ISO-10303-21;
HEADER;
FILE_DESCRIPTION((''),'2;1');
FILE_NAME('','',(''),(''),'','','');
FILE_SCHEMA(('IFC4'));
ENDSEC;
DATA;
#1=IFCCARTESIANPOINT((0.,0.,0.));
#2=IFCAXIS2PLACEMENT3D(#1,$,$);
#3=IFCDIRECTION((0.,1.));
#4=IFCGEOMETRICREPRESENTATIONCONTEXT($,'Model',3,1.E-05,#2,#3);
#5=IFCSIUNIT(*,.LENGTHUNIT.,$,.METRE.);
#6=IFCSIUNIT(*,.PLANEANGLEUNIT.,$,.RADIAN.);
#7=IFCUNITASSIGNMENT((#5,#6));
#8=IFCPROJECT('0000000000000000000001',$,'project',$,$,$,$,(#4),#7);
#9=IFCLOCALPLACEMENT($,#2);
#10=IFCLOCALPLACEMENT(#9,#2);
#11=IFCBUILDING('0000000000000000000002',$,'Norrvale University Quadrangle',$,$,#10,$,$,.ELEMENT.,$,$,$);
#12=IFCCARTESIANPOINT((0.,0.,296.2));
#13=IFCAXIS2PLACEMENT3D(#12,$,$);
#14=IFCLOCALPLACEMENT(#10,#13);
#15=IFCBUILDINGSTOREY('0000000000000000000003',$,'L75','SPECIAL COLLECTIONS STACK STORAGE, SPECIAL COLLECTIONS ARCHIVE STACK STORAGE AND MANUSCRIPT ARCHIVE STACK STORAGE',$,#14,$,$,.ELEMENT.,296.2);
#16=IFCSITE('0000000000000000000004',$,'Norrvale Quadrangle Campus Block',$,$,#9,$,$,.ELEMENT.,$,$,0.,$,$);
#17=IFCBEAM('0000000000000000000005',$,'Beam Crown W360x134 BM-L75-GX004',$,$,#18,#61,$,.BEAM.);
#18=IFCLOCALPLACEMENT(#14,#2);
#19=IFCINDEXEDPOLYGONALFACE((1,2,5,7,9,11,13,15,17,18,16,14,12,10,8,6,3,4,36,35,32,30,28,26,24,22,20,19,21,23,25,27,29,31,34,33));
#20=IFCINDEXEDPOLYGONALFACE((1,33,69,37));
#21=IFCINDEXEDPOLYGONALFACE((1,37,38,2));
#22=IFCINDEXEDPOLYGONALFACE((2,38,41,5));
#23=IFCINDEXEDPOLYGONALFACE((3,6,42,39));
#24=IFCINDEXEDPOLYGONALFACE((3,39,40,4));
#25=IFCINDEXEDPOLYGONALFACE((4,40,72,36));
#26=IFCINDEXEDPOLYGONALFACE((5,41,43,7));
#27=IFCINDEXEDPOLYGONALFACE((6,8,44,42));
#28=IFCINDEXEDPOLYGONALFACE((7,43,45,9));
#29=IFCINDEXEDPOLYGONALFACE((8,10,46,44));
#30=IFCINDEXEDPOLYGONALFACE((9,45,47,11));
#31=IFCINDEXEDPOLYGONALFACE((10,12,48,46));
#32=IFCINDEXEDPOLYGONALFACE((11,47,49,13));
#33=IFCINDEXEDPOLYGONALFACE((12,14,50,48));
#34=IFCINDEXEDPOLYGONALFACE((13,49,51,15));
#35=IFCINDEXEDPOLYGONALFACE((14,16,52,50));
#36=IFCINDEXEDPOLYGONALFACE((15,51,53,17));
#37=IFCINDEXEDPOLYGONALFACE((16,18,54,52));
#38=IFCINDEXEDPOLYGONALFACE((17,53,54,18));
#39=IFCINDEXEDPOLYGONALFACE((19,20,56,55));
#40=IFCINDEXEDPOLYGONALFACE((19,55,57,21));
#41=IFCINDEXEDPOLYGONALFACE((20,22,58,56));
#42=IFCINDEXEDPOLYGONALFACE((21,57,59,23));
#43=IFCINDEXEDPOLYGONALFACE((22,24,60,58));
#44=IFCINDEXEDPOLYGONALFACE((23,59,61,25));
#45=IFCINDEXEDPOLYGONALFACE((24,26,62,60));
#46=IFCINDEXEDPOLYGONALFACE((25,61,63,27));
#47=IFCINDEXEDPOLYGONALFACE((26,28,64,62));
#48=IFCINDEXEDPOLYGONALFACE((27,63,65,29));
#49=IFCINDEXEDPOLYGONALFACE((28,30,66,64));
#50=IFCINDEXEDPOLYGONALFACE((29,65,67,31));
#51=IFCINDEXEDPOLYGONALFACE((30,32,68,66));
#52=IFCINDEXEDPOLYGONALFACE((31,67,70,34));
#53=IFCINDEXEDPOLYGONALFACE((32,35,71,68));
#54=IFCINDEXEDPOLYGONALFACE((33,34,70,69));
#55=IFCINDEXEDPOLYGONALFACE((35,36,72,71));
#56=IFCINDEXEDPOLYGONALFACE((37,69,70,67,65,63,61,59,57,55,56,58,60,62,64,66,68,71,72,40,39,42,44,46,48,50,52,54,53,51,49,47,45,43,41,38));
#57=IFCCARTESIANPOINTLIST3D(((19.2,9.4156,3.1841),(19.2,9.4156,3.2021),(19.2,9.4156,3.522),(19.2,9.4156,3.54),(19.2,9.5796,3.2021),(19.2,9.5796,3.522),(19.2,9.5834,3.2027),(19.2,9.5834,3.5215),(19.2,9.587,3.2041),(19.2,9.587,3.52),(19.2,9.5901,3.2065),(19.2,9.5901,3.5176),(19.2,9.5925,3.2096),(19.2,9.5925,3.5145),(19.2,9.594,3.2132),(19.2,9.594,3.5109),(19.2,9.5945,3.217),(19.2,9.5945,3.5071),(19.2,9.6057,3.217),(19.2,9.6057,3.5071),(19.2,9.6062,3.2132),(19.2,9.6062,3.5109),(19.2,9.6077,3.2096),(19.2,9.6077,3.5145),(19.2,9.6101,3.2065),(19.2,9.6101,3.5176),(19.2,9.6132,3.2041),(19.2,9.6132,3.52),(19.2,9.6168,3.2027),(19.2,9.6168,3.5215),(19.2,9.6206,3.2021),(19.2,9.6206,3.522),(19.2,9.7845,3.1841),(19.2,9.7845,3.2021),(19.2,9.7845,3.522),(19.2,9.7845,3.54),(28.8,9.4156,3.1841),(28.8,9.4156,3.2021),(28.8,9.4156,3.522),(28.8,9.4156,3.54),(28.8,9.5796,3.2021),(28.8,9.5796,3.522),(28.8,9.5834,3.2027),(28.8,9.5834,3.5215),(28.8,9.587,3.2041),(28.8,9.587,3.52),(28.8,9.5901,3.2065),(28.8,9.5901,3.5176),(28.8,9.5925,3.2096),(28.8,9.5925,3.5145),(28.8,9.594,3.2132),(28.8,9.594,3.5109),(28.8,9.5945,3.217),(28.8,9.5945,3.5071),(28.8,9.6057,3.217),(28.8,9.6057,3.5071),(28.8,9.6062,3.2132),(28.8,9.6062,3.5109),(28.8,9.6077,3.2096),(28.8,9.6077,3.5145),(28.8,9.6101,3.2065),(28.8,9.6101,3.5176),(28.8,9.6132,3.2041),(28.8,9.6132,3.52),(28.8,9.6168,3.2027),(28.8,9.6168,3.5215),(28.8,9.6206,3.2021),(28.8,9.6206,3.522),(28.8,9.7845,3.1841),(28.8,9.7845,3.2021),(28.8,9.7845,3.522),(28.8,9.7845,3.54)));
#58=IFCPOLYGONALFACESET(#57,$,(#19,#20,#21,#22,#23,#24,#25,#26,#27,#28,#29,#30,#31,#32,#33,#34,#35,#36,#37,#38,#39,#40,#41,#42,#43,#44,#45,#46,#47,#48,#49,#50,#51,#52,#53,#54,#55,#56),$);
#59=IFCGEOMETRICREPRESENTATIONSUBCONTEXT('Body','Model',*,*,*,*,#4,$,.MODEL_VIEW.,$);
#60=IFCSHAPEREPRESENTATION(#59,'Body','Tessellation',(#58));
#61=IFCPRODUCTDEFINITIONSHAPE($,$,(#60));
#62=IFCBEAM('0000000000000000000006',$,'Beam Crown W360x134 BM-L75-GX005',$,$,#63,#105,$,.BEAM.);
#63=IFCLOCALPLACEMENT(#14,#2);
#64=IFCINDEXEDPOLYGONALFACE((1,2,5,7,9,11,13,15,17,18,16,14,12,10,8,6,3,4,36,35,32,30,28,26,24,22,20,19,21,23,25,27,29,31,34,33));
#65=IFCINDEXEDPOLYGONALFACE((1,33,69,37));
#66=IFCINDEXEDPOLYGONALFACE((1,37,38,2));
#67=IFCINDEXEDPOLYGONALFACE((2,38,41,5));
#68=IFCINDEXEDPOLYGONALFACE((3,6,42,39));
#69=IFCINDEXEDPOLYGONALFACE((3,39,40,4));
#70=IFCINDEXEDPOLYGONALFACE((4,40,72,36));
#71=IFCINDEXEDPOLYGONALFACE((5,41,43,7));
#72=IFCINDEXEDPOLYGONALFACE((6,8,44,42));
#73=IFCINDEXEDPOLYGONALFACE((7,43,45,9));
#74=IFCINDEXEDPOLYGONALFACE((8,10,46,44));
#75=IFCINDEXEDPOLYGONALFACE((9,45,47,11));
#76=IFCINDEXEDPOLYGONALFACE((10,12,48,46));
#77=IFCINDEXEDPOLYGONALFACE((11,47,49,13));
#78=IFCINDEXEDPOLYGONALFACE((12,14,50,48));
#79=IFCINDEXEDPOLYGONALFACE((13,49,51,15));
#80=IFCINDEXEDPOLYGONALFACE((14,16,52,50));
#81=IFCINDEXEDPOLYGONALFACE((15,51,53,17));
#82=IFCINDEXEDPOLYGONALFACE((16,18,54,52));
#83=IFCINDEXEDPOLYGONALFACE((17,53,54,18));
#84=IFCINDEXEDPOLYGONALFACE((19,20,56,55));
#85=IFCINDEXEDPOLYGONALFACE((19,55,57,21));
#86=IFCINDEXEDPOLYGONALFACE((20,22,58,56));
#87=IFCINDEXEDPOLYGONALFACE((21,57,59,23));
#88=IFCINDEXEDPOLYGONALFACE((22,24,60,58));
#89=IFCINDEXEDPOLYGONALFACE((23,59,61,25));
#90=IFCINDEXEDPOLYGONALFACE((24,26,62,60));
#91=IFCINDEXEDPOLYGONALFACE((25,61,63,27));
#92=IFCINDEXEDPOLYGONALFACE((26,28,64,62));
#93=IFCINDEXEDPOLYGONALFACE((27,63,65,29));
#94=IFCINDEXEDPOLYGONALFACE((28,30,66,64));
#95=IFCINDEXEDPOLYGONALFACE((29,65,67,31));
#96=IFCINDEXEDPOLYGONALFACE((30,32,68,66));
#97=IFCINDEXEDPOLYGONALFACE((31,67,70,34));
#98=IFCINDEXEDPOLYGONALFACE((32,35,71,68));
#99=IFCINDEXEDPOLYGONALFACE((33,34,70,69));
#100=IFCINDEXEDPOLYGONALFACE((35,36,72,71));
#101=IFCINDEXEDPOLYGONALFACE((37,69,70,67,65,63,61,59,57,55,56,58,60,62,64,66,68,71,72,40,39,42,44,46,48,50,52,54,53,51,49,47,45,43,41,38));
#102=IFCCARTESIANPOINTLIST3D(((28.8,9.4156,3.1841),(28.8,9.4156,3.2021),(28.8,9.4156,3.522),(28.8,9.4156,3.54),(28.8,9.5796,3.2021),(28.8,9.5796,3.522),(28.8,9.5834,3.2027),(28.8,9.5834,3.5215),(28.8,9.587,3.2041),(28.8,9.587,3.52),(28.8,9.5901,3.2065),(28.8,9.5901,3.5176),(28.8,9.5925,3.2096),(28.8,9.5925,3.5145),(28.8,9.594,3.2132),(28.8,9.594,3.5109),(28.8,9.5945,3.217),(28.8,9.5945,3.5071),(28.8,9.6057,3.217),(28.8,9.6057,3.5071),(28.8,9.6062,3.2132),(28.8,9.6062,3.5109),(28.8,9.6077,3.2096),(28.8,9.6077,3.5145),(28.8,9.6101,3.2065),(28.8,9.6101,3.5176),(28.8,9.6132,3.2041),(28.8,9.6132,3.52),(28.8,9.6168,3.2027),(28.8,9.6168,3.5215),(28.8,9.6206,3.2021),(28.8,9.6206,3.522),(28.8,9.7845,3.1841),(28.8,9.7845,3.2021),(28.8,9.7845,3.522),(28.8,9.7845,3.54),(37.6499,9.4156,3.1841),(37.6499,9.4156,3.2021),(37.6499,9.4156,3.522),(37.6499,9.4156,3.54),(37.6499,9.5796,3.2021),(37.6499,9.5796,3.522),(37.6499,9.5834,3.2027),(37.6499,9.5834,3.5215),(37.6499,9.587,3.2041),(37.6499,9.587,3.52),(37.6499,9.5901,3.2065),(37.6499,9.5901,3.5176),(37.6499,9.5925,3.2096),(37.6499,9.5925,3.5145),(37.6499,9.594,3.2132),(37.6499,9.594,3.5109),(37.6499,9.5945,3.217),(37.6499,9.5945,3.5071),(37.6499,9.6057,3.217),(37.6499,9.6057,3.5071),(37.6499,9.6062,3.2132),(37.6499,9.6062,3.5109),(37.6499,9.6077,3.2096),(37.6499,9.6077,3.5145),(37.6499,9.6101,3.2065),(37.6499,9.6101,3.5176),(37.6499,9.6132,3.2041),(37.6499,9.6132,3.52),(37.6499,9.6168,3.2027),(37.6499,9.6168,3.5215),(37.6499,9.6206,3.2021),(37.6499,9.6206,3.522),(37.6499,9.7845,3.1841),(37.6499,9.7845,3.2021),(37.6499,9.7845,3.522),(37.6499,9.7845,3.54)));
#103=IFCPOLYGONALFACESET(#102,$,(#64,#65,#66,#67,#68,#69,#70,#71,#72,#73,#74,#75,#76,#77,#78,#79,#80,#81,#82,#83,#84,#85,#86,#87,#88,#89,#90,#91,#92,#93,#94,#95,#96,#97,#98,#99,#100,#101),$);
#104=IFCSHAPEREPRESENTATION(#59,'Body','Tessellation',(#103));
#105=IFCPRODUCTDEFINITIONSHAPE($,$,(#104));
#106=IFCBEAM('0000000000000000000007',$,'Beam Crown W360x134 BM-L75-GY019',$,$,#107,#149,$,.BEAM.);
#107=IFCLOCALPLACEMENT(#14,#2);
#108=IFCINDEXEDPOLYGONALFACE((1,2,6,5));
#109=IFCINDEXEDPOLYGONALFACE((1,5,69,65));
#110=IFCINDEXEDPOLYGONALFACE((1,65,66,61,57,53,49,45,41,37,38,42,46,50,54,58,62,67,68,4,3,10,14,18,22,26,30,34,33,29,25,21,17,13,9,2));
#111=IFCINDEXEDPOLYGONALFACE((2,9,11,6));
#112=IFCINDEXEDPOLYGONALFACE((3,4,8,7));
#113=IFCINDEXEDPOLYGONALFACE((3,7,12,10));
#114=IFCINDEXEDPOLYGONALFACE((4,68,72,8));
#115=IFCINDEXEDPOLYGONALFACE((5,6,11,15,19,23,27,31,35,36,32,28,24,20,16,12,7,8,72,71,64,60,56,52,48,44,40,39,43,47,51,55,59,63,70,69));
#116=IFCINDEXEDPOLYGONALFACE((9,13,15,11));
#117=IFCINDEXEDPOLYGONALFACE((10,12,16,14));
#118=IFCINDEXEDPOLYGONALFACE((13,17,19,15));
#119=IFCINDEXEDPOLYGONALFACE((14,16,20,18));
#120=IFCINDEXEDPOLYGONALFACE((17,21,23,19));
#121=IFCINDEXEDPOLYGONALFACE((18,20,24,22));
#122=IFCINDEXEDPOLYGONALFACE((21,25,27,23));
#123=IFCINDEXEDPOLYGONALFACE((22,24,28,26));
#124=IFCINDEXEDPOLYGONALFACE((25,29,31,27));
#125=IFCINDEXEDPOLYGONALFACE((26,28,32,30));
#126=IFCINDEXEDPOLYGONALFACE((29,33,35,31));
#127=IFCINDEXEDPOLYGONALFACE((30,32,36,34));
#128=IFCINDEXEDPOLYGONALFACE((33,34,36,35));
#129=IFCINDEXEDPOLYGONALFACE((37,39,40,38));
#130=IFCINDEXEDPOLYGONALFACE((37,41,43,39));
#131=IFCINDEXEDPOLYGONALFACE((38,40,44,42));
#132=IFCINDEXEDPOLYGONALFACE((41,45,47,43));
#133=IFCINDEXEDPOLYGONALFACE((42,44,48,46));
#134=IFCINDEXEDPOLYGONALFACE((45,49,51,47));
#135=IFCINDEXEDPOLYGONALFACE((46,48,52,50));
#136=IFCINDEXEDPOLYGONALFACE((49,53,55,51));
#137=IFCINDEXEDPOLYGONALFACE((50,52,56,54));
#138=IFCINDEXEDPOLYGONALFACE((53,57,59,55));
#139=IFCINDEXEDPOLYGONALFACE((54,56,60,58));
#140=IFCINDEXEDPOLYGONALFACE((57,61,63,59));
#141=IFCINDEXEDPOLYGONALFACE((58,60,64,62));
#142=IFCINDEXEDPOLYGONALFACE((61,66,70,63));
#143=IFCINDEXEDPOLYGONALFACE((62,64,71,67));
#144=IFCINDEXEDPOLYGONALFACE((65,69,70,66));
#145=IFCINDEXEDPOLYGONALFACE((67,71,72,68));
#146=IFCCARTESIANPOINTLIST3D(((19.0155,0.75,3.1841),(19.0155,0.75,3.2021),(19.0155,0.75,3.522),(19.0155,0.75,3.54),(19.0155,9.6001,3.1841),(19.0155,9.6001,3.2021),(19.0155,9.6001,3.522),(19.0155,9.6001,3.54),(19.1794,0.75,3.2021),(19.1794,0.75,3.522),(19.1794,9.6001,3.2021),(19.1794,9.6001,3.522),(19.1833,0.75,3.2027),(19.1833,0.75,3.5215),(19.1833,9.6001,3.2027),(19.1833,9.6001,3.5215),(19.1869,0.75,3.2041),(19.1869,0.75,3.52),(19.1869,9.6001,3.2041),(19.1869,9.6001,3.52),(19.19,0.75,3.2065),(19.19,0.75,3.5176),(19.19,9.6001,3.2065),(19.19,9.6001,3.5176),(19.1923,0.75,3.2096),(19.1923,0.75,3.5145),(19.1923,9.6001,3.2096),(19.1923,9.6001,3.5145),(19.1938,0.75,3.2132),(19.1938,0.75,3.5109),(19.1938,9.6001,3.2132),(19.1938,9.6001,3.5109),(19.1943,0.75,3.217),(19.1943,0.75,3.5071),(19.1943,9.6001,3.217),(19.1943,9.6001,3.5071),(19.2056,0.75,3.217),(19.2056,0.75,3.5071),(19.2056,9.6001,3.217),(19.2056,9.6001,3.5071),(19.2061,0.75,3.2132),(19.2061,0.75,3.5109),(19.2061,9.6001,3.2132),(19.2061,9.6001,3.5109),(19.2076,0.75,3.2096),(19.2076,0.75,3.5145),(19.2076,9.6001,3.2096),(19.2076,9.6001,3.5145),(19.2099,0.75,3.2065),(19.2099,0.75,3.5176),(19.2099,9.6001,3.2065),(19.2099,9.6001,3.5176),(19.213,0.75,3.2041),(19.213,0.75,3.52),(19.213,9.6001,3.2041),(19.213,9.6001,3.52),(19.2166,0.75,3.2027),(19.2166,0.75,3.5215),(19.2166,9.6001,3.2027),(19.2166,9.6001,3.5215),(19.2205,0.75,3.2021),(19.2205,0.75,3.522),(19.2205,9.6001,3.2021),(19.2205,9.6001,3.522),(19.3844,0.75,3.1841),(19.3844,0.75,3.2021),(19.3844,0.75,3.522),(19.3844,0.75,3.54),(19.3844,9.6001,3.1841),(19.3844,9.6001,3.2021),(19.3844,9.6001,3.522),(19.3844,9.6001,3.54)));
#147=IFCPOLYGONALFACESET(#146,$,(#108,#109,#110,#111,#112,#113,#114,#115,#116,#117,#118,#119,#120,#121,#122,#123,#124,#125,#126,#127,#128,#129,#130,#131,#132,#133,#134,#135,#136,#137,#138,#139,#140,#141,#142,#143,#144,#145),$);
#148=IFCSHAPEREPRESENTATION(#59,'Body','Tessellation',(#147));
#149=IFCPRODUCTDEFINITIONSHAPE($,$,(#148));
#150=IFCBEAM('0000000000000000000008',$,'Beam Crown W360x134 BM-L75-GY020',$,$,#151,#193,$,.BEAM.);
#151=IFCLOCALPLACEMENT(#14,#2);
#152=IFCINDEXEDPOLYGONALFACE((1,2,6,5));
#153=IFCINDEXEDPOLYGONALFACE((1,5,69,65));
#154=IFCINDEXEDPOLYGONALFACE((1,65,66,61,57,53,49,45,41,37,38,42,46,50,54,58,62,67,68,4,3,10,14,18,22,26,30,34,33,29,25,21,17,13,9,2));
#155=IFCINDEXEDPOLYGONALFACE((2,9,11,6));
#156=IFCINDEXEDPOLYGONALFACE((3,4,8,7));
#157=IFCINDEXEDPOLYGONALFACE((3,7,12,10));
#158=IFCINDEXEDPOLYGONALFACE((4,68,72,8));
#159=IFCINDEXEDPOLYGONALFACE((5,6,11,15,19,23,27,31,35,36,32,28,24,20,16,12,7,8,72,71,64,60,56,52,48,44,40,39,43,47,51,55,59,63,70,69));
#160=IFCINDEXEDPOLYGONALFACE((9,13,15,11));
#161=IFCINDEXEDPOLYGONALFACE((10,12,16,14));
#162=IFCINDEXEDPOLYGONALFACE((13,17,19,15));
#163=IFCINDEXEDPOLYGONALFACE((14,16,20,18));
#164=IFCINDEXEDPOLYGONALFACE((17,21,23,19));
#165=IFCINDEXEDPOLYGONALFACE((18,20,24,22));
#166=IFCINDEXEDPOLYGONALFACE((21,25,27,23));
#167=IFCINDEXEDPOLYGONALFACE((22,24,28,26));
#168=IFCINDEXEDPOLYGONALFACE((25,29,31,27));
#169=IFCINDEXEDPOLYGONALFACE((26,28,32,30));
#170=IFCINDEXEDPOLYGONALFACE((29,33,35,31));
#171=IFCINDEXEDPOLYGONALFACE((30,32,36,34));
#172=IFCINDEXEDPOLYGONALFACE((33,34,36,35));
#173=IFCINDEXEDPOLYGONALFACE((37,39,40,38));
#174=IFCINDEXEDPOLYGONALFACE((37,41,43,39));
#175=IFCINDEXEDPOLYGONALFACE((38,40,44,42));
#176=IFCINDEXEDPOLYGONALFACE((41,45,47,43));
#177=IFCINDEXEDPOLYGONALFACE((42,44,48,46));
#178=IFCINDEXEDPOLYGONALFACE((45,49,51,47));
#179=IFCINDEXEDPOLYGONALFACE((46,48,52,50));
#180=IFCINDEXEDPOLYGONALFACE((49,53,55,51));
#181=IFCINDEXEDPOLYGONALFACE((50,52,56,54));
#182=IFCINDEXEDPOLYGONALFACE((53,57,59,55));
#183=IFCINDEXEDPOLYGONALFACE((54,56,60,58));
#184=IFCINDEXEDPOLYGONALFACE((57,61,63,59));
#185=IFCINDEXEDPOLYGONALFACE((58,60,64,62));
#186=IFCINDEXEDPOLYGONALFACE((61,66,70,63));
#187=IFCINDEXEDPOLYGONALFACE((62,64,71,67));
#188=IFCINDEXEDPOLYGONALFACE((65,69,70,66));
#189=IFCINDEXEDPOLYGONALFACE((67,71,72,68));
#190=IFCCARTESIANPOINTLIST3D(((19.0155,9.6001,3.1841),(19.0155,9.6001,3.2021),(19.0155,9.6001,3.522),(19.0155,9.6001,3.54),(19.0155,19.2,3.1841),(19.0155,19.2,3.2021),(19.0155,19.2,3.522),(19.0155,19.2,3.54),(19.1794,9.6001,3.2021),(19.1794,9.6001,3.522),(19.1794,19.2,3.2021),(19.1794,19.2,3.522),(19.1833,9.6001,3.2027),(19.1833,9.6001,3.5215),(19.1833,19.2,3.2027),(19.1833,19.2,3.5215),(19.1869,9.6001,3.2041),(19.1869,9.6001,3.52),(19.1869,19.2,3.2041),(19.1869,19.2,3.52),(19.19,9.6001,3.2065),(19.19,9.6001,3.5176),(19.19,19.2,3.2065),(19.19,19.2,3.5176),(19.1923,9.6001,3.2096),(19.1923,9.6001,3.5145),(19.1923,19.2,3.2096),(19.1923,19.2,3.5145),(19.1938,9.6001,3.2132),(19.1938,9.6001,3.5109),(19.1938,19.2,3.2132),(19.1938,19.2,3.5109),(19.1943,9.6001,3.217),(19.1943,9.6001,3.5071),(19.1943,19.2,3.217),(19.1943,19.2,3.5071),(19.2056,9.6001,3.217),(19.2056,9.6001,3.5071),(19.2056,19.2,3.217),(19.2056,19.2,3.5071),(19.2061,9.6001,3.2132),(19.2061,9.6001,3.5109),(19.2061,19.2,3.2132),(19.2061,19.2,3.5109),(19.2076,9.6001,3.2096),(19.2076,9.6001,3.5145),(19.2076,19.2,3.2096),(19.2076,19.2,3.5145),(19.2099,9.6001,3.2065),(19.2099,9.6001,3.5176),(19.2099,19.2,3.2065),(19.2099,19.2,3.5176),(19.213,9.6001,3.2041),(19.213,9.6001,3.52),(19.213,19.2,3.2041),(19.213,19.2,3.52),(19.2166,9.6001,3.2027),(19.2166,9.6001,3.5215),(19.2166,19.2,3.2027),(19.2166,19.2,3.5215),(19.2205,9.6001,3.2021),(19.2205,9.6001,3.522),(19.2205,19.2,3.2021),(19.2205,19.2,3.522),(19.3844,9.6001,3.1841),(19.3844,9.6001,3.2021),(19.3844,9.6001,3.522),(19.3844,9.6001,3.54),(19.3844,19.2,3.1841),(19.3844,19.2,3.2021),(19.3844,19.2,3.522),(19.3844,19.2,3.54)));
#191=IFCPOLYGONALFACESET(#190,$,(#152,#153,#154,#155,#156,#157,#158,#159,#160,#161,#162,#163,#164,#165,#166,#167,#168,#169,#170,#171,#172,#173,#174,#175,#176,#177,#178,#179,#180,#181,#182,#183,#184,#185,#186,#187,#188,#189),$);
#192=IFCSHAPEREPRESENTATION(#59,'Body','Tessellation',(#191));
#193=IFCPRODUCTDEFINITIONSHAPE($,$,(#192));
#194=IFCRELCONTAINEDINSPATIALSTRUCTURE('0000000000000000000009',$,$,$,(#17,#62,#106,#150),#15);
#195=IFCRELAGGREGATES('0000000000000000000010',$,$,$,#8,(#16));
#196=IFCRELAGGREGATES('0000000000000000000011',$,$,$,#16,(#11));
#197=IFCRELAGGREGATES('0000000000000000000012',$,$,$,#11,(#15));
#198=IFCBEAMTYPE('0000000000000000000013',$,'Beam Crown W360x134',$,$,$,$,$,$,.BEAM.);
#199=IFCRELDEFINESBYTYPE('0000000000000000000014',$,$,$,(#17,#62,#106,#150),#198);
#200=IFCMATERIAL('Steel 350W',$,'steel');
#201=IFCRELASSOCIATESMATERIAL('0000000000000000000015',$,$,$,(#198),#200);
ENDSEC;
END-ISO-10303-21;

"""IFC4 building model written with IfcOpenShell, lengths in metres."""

from ifc_helpers import new_model, si_unit, direction, frame, origin, origin_2d, place, context, subcontext, project, spatial, i_section, extrude, material, material_profile, profile_set, type_object, element, save


model = new_model("IFC4")

# Units and contexts
model_context = context("Model", 3, precision=1e-05, world=origin(), true_north=direction((0.0, 1.0)))
body_context = subcontext(model_context, "Body", "Model", "MODEL_VIEW")
ifc_project = project(units=[si_unit("LENGTHUNIT", "METRE"), si_unit("PLANEANGLEUNIT", "RADIAN")], contexts=[model_context])

# Site, building, storey
site_placement = place(None, origin())
site = spatial("IfcSite", under=ifc_project, at=site_placement, Name="Norrvale Quadrangle Campus Block", CompositionType="ELEMENT", RefElevation=0.0)
building_placement = place(site_placement, origin())
building = spatial("IfcBuilding", under=site, at=building_placement, Name="Norrvale University Quadrangle", CompositionType="ELEMENT")
storey_placement = place(building_placement, frame((0.0, 0.0, 296.2)))
storey = spatial("IfcBuildingStorey", under=building, at=storey_placement, Name="L75", Description="SPECIAL COLLECTIONS STACK STORAGE, SPECIAL COLLECTIONS ARCHIVE STACK STORAGE AND MANUSCRIPT ARCHIVE STACK STORAGE", CompositionType="ELEMENT", Elevation=296.2)

# Beams
ifc_material_1 = material(Name="Steel 350W", Category="steel")
ifc_material_profile_1 = material_profile(ifc_material_1, i_section(OverallWidth=0.3689, OverallDepth=0.356, WebThickness=0.0112, FlangeThickness=0.0181, FilletRadius=0.0149, at=origin_2d()), Name="Steel 350W")
ifc_profile_set_1 = profile_set([ifc_material_profile_1], Name="Steel 350W")
beam_type_1 = type_object("IfcBeamType", Name="Beam Crown W360x134", PredefinedType="BEAM", material=ifc_profile_set_1)
beam_1_placement = place(storey_placement, frame((19.2, 9.6001, 3.3621), z_axis=(1.0, 0.0, 0.0), x_axis=(0.0, 1.0, 0.0)))
element("IfcBeam", 1, at=beam_1_placement, inside=storey, type_object=beam_type_1, Name="Beam Crown W360x134 BM-L75-GX004", PredefinedType="BEAM", context=body_context, shape_type="SweptSolid", body=[
    extrude(i_section(OverallWidth=0.3689, OverallDepth=0.356, WebThickness=0.0112, FlangeThickness=0.0181, FilletRadius=0.0149, at=origin_2d()), origin(), (0.0, 0.0, 1.0), 9.6001),
])
beam_2_placement = place(storey_placement, frame((28.8, 9.6001, 3.3621), z_axis=(1.0, 0.0, 0.0), x_axis=(0.0, 1.0, 0.0)))
element("IfcBeam", 2, at=beam_2_placement, inside=storey, type_object=beam_type_1, Name="Beam Crown W360x134 BM-L75-GX005", PredefinedType="BEAM", context=body_context, shape_type="SweptSolid", body=[
    extrude(i_section(OverallWidth=0.3689, OverallDepth=0.356, WebThickness=0.0112, FlangeThickness=0.0181, FilletRadius=0.0149, at=origin_2d()), origin(), (0.0, 0.0, 1.0), 8.8499),
])
beam_3_placement = place(storey_placement, frame((19.2, 0.75, 3.3621), z_axis=(0.0, 1.0, 0.0), x_axis=(-1.0, 0.0, 0.0)))
element("IfcBeam", 3, at=beam_3_placement, inside=storey, type_object=beam_type_1, Name="Beam Crown W360x134 BM-L75-GY019", PredefinedType="BEAM", context=body_context, shape_type="SweptSolid", body=[
    extrude(i_section(OverallWidth=0.3689, OverallDepth=0.356, WebThickness=0.0112, FlangeThickness=0.0181, FilletRadius=0.0149, at=origin_2d()), origin(), (0.0, 0.0, 1.0), 8.8501),
])
beam_4_placement = place(storey_placement, frame((19.2, 9.6001, 3.3621), z_axis=(0.0, 1.0, 0.0), x_axis=(-1.0, 0.0, 0.0)))
element("IfcBeam", 4, at=beam_4_placement, inside=storey, type_object=beam_type_1, Name="Beam Crown W360x134 BM-L75-GY020", PredefinedType="BEAM", context=body_context, shape_type="SweptSolid", body=[
    extrude(i_section(OverallWidth=0.3689, OverallDepth=0.356, WebThickness=0.0112, FlangeThickness=0.0181, FilletRadius=0.0149, at=origin_2d()), origin(), (0.0, 0.0, 1.0), 9.5999),
])

save(model, "model.ifc")
